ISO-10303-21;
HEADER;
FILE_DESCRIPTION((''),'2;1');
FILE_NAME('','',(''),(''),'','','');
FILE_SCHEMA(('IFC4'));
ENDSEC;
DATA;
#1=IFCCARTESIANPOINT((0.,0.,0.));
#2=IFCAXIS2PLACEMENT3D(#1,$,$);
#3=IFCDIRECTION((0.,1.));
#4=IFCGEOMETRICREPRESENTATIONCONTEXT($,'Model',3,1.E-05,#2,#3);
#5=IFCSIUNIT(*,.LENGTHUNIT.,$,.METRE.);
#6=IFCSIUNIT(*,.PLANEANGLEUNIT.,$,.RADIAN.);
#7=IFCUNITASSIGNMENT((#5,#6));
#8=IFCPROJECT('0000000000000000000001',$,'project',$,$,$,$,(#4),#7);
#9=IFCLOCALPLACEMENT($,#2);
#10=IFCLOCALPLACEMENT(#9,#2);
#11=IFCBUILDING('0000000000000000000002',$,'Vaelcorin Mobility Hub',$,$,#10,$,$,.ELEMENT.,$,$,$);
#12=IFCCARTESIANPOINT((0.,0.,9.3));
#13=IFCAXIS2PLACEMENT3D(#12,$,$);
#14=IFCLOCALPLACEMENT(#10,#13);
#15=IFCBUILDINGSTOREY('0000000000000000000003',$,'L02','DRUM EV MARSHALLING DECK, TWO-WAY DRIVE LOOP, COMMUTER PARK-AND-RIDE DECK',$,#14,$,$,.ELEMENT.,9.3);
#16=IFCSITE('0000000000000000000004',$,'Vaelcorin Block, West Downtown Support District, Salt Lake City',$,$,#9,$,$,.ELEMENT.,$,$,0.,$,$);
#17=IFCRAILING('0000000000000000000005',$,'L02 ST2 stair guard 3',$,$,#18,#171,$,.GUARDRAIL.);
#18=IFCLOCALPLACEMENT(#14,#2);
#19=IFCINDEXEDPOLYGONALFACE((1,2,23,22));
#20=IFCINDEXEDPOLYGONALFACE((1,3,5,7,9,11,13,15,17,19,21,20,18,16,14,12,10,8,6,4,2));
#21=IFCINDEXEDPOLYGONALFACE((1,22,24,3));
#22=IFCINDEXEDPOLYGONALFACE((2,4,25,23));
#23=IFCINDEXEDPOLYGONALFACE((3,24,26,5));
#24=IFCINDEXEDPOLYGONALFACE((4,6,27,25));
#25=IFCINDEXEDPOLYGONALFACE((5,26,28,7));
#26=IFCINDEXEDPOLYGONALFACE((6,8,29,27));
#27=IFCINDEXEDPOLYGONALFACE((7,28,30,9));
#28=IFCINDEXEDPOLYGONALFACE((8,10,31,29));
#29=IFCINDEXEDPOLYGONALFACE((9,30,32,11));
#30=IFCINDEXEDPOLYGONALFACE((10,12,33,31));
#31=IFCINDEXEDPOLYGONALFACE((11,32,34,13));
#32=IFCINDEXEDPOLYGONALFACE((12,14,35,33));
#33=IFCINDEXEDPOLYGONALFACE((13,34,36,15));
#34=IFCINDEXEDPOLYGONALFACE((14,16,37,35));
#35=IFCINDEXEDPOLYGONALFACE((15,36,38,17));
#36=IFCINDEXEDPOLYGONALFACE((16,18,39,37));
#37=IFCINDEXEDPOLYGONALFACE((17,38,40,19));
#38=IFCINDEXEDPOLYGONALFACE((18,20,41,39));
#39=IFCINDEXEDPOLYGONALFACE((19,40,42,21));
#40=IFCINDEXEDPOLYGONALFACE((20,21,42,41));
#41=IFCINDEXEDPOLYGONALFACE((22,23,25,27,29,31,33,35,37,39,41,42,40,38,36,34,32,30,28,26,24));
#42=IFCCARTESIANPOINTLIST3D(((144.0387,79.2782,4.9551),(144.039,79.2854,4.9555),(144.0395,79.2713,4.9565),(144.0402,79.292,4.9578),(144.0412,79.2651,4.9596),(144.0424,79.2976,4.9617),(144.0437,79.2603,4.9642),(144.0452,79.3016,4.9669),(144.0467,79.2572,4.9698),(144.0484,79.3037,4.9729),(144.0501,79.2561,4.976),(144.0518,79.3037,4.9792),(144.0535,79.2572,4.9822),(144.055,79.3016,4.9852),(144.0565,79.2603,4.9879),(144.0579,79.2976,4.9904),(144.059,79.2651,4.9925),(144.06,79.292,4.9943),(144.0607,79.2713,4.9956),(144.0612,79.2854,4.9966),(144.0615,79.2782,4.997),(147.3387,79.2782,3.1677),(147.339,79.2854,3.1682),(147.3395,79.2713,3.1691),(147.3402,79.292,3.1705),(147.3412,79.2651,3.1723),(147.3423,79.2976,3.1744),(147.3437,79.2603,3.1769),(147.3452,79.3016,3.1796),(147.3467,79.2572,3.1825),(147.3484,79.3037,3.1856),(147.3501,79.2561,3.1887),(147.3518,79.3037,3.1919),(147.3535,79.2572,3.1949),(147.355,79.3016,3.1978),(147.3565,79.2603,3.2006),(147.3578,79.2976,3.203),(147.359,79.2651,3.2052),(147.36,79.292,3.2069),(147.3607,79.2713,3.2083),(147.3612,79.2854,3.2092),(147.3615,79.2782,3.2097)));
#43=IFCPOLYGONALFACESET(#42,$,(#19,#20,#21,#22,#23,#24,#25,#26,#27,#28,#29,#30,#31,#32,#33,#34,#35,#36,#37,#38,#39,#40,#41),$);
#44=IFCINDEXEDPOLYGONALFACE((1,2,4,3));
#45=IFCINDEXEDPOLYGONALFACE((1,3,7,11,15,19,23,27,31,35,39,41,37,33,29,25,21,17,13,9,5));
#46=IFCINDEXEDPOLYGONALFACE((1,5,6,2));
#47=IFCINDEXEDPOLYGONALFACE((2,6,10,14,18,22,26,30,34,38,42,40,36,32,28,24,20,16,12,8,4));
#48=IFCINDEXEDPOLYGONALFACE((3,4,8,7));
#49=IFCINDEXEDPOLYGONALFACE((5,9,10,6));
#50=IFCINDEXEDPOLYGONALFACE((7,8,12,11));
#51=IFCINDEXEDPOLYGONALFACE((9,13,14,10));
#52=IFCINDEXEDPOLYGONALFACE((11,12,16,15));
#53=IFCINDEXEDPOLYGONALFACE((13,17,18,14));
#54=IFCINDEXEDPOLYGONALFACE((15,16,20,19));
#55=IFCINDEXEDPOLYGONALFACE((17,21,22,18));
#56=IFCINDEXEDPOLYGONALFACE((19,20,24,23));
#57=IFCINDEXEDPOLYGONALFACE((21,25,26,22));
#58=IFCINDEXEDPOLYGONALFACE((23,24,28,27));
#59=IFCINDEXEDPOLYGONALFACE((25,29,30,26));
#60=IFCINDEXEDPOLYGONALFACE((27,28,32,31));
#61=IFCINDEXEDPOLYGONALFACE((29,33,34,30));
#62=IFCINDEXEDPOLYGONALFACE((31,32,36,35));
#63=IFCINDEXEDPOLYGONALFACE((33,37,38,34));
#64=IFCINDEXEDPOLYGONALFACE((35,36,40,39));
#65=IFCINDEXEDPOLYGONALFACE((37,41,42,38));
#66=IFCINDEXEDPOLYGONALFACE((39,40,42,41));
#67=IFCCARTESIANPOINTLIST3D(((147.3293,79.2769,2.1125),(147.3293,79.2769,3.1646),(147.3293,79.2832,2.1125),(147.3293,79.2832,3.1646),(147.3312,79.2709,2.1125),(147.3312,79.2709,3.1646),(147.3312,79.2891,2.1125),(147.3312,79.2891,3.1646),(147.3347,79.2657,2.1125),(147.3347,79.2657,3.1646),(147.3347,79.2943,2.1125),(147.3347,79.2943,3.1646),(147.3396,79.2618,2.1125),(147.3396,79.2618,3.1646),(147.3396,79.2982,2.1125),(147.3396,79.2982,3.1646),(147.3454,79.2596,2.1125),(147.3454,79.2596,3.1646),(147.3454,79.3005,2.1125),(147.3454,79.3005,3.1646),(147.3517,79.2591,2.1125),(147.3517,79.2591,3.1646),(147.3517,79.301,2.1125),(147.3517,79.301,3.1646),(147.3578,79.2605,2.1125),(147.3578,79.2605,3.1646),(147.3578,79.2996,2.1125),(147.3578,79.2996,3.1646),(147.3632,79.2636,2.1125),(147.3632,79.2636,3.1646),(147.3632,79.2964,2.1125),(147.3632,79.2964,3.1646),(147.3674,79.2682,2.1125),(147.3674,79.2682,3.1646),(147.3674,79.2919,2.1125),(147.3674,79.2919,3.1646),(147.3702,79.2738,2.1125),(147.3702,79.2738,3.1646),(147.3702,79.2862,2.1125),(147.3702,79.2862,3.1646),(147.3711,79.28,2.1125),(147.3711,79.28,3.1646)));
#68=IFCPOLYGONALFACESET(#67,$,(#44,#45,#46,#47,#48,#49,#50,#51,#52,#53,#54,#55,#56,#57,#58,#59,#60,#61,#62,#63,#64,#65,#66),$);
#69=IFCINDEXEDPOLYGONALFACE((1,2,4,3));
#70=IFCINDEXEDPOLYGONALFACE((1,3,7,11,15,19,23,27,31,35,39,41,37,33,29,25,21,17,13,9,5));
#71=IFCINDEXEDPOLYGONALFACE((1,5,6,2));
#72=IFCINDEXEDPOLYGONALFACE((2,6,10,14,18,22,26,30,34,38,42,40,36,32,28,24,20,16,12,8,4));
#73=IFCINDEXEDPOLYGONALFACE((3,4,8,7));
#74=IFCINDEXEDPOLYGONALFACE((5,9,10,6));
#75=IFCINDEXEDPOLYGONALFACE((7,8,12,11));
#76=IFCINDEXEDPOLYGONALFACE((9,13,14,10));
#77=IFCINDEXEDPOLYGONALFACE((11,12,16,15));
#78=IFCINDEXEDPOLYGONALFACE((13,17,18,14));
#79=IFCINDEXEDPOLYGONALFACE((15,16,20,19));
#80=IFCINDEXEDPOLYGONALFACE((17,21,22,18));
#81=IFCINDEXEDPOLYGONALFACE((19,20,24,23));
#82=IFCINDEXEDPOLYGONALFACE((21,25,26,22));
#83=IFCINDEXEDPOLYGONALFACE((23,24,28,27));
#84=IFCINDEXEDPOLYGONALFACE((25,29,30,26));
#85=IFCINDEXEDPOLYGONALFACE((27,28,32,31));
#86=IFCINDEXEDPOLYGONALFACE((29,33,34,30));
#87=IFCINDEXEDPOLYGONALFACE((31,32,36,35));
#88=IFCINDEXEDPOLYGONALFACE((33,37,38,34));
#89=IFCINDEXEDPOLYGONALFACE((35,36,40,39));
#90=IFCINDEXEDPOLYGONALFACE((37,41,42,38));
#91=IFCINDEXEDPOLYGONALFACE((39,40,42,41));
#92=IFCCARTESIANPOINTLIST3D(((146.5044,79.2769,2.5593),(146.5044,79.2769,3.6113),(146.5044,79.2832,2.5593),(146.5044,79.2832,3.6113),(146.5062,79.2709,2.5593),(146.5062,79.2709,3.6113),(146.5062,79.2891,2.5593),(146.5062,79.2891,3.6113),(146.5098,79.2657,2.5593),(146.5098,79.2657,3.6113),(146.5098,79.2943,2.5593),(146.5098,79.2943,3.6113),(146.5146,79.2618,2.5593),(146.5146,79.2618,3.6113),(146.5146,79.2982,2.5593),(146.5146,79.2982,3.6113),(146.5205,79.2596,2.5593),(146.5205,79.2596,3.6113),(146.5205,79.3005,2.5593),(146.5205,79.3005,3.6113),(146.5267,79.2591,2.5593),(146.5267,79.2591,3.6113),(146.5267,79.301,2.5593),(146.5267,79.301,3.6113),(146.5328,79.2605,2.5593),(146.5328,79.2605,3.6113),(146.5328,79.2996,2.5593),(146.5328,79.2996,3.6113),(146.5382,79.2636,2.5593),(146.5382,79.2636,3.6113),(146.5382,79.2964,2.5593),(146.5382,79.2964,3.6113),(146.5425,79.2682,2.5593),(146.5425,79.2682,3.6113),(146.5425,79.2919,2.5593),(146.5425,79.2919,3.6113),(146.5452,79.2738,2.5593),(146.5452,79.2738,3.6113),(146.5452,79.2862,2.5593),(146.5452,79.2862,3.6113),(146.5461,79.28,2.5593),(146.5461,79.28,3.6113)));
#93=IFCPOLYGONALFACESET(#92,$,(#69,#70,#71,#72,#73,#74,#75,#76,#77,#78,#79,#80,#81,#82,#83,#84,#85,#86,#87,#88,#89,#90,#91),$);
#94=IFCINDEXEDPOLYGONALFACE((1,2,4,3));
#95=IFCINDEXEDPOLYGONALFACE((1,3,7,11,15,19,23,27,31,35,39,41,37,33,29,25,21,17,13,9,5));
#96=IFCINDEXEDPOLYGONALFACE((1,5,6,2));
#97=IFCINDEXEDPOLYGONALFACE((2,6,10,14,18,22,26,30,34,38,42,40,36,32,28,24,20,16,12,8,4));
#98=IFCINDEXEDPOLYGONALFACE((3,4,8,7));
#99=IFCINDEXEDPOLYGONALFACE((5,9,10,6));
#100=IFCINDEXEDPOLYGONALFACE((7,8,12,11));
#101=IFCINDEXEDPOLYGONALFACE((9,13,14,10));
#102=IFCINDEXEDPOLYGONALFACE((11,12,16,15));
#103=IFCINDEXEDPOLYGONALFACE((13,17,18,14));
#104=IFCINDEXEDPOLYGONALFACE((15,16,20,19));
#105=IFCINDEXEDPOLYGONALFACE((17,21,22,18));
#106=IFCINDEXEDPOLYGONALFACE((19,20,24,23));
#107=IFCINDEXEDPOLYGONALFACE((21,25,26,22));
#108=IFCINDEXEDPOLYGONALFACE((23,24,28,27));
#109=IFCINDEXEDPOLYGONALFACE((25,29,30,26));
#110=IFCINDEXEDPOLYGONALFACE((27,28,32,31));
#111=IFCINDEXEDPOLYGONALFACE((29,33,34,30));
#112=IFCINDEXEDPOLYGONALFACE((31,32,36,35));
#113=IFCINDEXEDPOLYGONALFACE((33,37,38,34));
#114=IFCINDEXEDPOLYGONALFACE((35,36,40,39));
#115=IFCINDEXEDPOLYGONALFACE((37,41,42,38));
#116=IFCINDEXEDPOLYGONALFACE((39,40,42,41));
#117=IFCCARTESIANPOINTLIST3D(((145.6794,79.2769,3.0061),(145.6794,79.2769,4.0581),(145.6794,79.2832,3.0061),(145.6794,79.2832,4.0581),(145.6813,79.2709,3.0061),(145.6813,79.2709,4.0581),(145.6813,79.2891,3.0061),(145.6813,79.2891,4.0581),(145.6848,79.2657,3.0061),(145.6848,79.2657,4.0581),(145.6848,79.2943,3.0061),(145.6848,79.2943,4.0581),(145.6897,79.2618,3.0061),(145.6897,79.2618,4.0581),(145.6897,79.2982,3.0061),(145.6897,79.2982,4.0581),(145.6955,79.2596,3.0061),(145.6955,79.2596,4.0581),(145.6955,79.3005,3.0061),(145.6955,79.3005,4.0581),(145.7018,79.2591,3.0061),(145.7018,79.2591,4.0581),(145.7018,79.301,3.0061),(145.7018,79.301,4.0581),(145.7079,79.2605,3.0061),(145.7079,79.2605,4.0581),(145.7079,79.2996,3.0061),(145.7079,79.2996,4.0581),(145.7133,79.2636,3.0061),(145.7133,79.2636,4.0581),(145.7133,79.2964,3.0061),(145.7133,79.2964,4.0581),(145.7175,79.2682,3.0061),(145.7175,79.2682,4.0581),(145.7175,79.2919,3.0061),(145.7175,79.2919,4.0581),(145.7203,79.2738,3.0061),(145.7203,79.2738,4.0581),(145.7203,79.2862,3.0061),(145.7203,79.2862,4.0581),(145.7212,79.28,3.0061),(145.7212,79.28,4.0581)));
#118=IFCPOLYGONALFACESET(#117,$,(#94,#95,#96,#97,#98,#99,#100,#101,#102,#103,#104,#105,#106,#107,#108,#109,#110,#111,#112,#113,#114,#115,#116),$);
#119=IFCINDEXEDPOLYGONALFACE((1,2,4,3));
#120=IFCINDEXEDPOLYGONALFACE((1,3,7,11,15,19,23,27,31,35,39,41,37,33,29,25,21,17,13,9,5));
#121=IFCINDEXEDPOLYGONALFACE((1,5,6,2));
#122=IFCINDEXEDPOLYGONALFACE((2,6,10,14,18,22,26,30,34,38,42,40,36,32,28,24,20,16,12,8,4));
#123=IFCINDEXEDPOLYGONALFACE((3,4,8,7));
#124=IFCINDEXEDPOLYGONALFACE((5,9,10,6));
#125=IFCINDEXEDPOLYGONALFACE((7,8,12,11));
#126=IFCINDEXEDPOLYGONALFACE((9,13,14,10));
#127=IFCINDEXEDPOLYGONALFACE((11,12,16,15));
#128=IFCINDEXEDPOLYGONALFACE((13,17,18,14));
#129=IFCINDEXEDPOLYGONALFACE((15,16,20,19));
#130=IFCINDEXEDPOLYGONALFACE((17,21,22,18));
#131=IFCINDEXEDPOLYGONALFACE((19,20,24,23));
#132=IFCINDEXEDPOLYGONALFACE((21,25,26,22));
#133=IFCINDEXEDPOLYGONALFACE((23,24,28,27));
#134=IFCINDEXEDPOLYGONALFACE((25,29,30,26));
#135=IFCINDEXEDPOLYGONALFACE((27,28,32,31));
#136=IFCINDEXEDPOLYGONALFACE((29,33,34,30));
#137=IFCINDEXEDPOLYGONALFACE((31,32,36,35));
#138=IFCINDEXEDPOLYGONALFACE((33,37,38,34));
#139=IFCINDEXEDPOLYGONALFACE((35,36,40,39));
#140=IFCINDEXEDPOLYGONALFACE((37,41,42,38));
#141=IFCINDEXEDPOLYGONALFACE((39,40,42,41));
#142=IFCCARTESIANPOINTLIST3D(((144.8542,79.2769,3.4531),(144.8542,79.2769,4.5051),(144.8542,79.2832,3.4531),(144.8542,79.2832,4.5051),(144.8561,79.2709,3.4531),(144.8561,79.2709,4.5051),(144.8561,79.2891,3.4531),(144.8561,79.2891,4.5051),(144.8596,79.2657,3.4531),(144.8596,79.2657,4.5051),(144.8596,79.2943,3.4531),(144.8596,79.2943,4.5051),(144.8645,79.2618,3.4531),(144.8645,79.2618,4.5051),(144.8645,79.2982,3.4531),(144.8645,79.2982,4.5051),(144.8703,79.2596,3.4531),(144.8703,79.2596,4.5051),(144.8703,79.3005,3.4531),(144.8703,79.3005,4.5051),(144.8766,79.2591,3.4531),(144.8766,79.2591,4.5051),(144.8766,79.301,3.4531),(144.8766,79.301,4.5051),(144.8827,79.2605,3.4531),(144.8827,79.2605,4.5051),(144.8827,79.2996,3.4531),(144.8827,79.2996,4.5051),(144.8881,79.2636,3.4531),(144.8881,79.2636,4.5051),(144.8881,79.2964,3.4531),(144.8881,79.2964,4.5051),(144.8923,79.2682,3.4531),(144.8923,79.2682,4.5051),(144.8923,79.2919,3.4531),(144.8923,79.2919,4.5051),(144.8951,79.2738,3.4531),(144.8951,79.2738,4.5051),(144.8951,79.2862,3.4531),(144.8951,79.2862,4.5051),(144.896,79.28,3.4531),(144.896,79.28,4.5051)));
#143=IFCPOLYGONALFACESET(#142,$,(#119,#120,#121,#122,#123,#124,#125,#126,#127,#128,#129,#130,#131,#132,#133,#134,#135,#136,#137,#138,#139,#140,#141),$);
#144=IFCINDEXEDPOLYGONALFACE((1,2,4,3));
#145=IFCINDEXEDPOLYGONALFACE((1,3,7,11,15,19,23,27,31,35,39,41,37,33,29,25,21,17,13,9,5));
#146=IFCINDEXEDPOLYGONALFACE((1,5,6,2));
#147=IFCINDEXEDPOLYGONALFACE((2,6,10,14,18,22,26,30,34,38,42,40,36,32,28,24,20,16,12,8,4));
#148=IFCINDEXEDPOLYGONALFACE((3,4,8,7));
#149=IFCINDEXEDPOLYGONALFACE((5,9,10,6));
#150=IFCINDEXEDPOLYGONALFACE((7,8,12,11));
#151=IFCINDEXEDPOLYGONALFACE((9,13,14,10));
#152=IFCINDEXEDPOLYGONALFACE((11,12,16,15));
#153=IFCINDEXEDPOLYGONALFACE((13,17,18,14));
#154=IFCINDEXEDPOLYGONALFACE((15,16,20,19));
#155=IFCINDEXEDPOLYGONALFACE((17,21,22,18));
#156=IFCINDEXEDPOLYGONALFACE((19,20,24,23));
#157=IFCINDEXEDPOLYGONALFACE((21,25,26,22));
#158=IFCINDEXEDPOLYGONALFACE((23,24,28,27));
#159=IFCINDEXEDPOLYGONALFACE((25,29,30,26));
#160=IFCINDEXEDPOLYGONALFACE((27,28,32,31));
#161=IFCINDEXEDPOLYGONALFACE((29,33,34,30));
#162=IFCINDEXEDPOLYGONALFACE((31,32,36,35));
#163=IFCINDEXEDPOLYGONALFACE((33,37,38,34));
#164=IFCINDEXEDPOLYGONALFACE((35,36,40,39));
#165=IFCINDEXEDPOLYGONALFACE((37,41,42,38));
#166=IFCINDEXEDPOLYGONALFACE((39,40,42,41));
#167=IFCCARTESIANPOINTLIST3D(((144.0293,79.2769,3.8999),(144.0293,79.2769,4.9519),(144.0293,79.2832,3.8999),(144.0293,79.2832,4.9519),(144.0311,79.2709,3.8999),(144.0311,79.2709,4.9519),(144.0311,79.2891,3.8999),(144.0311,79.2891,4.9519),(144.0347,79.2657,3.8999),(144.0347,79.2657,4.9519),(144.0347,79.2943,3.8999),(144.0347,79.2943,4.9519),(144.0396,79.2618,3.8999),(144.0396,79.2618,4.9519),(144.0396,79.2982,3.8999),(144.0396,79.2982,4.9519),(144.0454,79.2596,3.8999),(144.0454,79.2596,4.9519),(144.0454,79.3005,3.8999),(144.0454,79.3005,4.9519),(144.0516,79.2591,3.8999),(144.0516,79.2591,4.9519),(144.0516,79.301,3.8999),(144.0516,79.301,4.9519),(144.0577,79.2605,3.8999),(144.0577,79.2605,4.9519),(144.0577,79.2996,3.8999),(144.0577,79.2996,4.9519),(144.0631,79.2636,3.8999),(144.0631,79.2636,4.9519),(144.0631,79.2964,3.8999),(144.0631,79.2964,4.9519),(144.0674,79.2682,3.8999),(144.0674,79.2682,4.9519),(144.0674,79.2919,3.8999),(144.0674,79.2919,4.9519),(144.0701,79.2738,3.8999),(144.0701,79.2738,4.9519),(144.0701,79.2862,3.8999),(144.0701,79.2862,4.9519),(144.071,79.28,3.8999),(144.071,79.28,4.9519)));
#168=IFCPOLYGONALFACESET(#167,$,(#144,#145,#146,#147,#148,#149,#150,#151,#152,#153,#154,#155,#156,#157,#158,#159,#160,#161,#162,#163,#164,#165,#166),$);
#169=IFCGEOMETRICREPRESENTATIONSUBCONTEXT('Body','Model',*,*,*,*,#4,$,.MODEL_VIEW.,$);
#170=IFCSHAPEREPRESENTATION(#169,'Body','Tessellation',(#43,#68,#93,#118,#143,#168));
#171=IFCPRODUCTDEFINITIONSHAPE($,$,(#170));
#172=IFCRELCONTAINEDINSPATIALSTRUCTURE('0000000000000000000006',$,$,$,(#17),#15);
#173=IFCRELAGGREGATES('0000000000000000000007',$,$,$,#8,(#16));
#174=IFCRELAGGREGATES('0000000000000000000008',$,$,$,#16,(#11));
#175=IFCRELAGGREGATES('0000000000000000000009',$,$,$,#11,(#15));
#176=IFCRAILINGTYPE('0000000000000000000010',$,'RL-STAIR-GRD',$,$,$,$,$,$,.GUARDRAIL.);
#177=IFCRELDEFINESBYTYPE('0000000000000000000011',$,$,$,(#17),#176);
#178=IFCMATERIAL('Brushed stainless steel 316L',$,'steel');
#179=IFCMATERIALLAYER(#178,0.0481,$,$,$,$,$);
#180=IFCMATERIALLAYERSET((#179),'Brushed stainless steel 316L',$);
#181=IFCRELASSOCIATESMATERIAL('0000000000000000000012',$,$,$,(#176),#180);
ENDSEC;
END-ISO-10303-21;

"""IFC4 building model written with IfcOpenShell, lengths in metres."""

from ifc_helpers import new_model, si_unit, direction, frame, origin, origin_2d, place, context, subcontext, project, spatial, circle, extrude, material, layer, layer_set, type_object, element, save


model = new_model("IFC4")

# Units and contexts
model_context = context("Model", 3, precision=1e-05, world=origin(), true_north=direction((0.0, 1.0)))
body_context = subcontext(model_context, "Body", "Model", "MODEL_VIEW")
ifc_project = project(units=[si_unit("LENGTHUNIT", "METRE"), si_unit("PLANEANGLEUNIT", "RADIAN")], contexts=[model_context])

# Site, building, storey
site_placement = place(None, origin())
site = spatial("IfcSite", under=ifc_project, at=site_placement, Name="Vaelcorin Block, West Downtown Support District, Salt Lake City", CompositionType="ELEMENT", RefElevation=0.0)
building_placement = place(site_placement, origin())
building = spatial("IfcBuilding", under=site, at=building_placement, Name="Vaelcorin Mobility Hub", CompositionType="ELEMENT")
storey_placement = place(building_placement, frame((0.0, 0.0, 9.3)))
storey = spatial("IfcBuildingStorey", under=building, at=storey_placement, Name="L02", Description="DRUM EV MARSHALLING DECK, TWO-WAY DRIVE LOOP, COMMUTER PARK-AND-RIDE DECK", CompositionType="ELEMENT", Elevation=9.3)

# Railing
ifc_material_1 = material(Name="Brushed stainless steel 316L", Category="steel")
ifc_layer_1 = layer(ifc_material_1, 0.0481)
ifc_layer_set_1 = layer_set([ifc_layer_1], Name="Brushed stainless steel 316L")
railing_type_1 = type_object("IfcRailingType", Name="RL-STAIR-GRD", PredefinedType="GUARDRAIL", material=ifc_layer_set_1)
railing_1_placement = place(storey_placement, frame((147.3501, 79.28, 2.1125)))
element("IfcRailing", 1, at=railing_1_placement, inside=storey, type_object=railing_type_1, Name="L02 ST2 stair guard 3", PredefinedType="GUARDRAIL", context=body_context, shape_type="SweptSolid", body=[
    extrude(circle(Radius=0.0239, at=origin_2d()), frame((0.0, 0.0, 1.0762), z_axis=(-0.879311, 0.0, 0.476248), x_axis=(0.0, -1.0, 0.0)), (0.0, 0.0, 1.0), 3.7529),
    extrude(circle(Radius=0.021, at=origin_2d()), origin(), (0.0, 0.0, 1.0), 1.052),
    extrude(circle(Radius=0.021, at=origin_2d()), frame((-0.825, 0.0, 0.4468)), (0.0, 0.0, 1.0), 1.052),
    extrude(circle(Radius=0.021, at=origin_2d()), frame((-1.6499, 0.0, 0.8936)), (0.0, 0.0, 1.0), 1.052),
    extrude(circle(Radius=0.021, at=origin_2d()), frame((-2.4751, 0.0, 1.3406)), (0.0, 0.0, 1.0), 1.052),
    extrude(circle(Radius=0.021, at=origin_2d()), frame((-3.3, 0.0, 1.7874)), (0.0, 0.0, 1.0), 1.052),
])

save(model, "model.ifc")
